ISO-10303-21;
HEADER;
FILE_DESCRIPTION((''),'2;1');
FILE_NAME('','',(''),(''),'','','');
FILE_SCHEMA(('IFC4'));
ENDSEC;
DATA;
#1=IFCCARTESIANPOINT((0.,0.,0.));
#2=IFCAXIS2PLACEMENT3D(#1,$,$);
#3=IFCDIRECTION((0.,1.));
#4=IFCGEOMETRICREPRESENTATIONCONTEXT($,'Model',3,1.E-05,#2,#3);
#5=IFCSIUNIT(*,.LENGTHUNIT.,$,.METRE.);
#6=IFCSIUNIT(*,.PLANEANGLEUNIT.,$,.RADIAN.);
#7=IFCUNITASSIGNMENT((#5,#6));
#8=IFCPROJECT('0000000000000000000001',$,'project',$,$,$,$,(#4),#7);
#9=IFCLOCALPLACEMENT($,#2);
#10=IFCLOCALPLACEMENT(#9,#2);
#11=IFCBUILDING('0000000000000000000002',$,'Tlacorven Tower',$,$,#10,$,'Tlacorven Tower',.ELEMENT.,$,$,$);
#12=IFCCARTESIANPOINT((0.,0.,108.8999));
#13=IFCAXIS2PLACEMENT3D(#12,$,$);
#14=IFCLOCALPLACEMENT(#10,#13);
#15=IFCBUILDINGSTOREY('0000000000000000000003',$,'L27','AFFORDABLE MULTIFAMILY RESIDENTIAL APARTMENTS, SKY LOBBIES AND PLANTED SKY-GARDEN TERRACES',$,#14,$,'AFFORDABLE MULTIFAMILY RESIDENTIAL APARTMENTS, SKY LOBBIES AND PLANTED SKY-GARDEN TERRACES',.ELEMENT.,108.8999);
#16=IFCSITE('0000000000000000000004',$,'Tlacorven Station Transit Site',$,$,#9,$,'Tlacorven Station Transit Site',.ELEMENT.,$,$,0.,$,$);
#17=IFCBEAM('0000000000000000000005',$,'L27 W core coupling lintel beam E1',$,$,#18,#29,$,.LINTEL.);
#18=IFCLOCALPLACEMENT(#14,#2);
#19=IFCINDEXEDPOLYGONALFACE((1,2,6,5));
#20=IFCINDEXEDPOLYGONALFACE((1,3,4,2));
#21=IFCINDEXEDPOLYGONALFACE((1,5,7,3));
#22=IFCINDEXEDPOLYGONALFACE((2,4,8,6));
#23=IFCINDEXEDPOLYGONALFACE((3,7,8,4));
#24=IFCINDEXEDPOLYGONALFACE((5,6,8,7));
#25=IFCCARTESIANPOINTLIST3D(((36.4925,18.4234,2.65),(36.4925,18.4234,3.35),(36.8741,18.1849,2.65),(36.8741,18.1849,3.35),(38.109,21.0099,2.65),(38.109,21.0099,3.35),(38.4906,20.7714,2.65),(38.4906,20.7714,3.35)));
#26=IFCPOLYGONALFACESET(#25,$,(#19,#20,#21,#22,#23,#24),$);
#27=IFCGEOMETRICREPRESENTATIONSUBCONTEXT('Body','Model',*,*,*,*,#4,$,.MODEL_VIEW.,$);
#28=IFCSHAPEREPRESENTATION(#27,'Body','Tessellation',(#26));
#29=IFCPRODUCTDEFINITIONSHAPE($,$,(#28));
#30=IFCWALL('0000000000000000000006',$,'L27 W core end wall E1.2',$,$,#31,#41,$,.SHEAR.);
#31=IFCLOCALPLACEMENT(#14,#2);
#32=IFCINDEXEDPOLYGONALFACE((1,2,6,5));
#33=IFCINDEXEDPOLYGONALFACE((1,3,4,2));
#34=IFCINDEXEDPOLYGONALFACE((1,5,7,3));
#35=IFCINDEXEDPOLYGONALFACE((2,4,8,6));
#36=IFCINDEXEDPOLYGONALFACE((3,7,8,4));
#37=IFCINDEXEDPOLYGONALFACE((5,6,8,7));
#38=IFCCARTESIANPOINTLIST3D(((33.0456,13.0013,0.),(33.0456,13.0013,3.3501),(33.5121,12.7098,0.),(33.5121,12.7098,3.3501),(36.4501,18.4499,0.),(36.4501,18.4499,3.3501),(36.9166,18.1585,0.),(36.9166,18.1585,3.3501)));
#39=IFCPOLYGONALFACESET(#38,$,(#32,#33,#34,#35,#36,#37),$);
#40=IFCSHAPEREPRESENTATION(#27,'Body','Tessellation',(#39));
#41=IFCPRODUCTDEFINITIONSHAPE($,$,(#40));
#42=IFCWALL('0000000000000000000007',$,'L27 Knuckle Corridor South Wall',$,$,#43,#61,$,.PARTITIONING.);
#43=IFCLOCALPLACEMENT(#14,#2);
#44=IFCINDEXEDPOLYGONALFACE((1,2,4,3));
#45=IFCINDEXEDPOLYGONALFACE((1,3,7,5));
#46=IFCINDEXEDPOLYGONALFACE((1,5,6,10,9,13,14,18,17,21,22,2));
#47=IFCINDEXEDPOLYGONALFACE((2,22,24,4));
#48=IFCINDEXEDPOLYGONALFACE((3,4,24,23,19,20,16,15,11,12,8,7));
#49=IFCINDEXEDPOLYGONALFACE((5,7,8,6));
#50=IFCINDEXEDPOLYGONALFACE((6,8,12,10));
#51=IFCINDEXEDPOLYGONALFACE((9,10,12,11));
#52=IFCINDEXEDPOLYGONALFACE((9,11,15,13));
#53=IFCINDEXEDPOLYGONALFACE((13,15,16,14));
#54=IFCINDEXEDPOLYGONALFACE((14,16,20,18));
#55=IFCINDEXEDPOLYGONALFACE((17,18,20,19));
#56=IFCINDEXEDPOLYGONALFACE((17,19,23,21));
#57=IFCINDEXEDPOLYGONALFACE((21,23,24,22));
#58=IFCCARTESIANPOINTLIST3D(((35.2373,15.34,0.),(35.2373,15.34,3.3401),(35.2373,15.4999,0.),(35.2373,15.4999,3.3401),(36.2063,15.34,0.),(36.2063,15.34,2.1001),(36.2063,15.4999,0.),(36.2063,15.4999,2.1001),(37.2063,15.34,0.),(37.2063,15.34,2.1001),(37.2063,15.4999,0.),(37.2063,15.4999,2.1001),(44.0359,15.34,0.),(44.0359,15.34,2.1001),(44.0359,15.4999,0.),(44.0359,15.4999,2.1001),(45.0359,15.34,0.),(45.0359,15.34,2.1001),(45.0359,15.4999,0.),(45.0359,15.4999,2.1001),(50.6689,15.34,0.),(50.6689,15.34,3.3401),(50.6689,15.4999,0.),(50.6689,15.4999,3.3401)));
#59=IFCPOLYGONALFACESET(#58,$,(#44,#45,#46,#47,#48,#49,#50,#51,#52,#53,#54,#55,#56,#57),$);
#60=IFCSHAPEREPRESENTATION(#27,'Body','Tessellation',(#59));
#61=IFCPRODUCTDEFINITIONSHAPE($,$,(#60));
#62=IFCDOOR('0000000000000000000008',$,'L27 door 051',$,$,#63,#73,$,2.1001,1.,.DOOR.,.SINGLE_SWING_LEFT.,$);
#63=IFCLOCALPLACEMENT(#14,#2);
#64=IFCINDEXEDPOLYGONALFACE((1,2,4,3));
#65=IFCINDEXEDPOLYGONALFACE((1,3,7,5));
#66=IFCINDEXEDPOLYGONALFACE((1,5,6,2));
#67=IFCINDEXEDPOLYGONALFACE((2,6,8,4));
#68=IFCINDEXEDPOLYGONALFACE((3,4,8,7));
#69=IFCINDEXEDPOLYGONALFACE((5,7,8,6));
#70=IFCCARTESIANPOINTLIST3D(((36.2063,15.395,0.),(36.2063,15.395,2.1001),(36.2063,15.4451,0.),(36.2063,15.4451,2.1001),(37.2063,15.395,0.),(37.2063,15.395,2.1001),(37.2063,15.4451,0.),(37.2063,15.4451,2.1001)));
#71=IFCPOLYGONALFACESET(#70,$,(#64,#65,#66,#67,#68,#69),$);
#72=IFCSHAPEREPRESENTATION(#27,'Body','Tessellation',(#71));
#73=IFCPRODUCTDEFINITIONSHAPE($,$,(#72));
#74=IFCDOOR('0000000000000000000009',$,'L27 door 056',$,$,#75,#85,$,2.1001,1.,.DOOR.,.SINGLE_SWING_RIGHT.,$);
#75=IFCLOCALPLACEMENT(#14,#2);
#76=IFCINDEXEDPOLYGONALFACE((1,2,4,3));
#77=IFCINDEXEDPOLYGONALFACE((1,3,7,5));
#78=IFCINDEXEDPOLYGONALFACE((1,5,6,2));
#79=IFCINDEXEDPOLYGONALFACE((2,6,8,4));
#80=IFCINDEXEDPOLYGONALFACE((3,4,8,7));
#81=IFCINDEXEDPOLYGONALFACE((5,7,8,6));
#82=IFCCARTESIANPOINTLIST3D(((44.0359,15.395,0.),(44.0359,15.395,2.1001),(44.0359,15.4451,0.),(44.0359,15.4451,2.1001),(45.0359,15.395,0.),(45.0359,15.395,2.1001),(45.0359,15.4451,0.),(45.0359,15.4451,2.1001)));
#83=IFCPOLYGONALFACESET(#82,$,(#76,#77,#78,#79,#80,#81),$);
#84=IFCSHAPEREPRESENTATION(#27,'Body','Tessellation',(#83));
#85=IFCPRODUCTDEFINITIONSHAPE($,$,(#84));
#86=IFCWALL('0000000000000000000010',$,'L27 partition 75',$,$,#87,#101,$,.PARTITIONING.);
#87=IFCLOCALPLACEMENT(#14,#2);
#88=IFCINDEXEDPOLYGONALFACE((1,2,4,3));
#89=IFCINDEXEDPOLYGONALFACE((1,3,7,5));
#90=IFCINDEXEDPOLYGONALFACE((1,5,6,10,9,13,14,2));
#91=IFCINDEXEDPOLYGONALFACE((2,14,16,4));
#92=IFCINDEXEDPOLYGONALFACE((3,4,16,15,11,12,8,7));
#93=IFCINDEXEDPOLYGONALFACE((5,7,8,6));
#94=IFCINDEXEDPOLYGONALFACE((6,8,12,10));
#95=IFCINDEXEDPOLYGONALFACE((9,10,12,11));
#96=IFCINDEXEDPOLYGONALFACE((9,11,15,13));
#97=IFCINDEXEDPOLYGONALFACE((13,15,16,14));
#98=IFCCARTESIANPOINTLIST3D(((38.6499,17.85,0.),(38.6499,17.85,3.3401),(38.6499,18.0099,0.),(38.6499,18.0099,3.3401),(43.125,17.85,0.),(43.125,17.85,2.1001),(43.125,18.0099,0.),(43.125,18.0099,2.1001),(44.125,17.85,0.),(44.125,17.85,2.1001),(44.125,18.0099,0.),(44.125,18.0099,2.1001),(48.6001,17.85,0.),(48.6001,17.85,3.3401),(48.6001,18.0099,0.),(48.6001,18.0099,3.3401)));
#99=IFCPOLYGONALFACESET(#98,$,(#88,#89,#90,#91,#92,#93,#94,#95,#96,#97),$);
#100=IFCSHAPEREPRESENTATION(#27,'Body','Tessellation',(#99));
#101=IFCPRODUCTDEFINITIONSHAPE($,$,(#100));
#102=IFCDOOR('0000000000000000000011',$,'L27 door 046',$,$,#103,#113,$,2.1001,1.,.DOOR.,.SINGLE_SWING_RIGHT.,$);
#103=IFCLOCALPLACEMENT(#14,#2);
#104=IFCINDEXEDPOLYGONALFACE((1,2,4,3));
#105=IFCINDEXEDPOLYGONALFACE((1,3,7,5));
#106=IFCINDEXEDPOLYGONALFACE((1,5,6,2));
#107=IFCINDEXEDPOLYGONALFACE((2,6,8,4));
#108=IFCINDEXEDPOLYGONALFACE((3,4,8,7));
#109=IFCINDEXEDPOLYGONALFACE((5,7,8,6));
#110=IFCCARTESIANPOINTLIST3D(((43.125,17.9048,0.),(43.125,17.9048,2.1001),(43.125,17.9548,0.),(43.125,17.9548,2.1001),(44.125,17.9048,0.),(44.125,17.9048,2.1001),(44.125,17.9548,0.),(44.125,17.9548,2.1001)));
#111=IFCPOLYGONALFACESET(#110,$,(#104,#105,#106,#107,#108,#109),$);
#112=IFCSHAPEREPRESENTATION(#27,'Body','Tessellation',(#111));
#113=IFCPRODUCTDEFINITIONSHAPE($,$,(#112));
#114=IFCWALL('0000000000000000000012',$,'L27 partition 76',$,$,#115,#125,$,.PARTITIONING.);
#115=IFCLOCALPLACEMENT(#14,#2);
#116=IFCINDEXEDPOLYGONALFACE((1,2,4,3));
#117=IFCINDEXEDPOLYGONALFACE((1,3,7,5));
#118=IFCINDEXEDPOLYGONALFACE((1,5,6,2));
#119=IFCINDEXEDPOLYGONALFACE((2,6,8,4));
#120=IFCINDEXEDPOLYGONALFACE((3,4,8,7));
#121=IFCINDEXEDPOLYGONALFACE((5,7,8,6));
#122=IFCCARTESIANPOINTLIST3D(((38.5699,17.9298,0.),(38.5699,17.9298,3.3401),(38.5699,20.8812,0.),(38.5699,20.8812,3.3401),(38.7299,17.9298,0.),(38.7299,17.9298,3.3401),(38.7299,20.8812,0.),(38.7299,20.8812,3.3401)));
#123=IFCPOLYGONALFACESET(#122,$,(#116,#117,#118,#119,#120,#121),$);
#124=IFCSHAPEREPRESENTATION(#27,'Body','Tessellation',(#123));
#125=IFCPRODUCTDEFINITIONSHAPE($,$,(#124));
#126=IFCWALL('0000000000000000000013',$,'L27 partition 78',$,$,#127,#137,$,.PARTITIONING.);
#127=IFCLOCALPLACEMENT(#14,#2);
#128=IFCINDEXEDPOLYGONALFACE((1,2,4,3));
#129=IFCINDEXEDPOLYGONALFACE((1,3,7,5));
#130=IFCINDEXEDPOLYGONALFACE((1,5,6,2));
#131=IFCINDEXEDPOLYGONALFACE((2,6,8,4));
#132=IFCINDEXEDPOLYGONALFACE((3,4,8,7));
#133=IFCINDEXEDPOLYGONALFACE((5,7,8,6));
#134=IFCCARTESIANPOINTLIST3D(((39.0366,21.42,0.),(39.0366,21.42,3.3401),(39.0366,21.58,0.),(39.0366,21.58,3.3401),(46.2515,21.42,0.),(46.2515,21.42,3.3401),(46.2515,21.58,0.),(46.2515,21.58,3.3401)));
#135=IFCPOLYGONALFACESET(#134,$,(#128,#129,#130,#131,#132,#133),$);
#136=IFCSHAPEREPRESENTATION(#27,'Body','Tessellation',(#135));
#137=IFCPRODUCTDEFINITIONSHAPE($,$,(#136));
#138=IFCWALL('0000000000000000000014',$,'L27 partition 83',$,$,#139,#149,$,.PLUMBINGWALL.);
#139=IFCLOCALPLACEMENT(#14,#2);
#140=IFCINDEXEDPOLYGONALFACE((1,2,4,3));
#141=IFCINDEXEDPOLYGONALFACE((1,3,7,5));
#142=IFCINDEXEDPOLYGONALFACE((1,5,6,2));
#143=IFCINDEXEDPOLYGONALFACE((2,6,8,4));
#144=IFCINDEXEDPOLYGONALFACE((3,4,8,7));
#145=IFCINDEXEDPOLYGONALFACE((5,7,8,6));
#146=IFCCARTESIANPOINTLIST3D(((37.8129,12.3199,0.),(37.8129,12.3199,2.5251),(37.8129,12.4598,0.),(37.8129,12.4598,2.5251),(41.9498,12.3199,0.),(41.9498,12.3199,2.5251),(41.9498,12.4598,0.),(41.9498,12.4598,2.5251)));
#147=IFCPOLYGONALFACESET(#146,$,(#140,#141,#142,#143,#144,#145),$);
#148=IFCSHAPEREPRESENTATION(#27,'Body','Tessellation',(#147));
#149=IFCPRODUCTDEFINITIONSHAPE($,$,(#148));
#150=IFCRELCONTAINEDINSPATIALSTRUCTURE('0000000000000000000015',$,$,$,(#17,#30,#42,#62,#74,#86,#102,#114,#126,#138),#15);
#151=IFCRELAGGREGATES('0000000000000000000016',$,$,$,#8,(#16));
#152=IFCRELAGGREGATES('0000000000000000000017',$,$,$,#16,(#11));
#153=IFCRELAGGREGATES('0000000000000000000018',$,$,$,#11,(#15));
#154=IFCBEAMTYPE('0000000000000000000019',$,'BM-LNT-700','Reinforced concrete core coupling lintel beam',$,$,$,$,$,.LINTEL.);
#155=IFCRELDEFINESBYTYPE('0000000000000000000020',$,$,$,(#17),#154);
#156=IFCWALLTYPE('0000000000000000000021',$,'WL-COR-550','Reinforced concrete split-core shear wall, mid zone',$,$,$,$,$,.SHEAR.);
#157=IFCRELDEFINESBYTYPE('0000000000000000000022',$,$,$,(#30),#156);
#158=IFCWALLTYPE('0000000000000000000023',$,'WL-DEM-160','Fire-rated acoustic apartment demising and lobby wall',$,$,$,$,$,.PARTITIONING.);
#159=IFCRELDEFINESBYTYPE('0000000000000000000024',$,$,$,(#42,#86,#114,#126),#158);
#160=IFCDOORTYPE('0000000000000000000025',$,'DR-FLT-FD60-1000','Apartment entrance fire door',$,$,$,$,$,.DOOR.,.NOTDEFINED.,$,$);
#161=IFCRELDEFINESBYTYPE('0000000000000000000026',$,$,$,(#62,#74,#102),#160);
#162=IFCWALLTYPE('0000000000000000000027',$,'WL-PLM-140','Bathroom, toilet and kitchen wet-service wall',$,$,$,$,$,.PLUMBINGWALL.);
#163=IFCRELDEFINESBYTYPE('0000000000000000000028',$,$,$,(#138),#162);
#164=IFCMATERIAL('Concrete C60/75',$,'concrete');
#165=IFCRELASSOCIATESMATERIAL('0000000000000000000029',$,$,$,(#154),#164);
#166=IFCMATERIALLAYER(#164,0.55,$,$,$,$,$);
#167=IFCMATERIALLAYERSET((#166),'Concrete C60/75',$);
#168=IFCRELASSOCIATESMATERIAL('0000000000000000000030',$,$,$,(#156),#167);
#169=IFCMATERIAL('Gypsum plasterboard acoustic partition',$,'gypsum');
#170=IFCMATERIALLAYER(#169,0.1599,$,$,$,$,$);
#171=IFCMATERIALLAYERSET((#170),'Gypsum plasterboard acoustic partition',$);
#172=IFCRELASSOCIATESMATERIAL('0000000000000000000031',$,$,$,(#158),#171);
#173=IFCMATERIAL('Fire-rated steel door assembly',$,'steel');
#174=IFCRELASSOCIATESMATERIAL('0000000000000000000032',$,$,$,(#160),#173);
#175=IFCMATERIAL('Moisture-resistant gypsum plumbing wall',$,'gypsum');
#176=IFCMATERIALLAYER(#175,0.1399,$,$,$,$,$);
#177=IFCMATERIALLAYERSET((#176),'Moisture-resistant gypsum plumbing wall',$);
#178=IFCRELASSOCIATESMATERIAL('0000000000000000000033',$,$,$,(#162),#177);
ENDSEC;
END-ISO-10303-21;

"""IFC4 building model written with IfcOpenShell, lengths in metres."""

from ifc_helpers import new_model, si_unit, direction, frame, frame_2d, origin, origin_2d, place, context, subcontext, project, spatial, rectangle, extrude, source, transform, mapped, material, layer, layer_set, material_profile, profile_set, type_object, element, fill, save


model = new_model("IFC4")

# Units and contexts
model_context = context("Model", 3, precision=1e-05, world=origin(), true_north=direction((0.0, 1.0)))
body_context = subcontext(model_context, "Body", "Model", "MODEL_VIEW")
ifc_project = project(units=[si_unit("LENGTHUNIT", "METRE"), si_unit("PLANEANGLEUNIT", "RADIAN")], contexts=[model_context])

# Site, building, storey
site_placement = place(None, origin())
site = spatial("IfcSite", under=ifc_project, at=site_placement, Name="Tlacorven Station Transit Site", LongName="Tlacorven Station Transit Site", CompositionType="ELEMENT", RefElevation=0.0)
building_placement = place(site_placement, origin())
building = spatial("IfcBuilding", under=site, at=building_placement, Name="Tlacorven Tower", LongName="Tlacorven Tower", CompositionType="ELEMENT")
storey_placement = place(building_placement, frame((0.0, 0.0, 108.8999)))
storey = spatial("IfcBuildingStorey", under=building, at=storey_placement, Name="L27", Description="AFFORDABLE MULTIFAMILY RESIDENTIAL APARTMENTS, SKY LOBBIES AND PLANTED SKY-GARDEN TERRACES", LongName="AFFORDABLE MULTIFAMILY RESIDENTIAL APARTMENTS, SKY LOBBIES AND PLANTED SKY-GARDEN TERRACES", CompositionType="ELEMENT", Elevation=108.8999)

# Beam
ifc_material_1 = material(Name="Concrete C60/75", Category="concrete")
ifc_material_profile = material_profile(ifc_material_1, rectangle(XDim=0.45, YDim=0.7, at=origin_2d()), Name="RC 450X700")
ifc_profile_set = profile_set([ifc_material_profile], Name="Concrete C60/75")
beam_type = type_object("IfcBeamType", Name="BM-LNT-700", Description="Reinforced concrete core coupling lintel beam", PredefinedType="LINTEL", material=ifc_profile_set)
shared_shape_1 = source(origin(), body_context, "Body", "SweptSolid", [
    extrude(rectangle(XDim=0.45, YDim=0.7, at=origin_2d()), origin(), (0.0, 0.0, 1.0), 3.05),
])
beam_placement = place(storey_placement, frame((38.2998, 20.8906, 3.0), z_axis=(-0.529985, -0.848007, 0.0), x_axis=(0.848007, -0.529985, 0.0)))
element("IfcBeam", 1, at=beam_placement, inside=storey, type_object=beam_type, Name="L27 W core coupling lintel beam E1", PredefinedType="LINTEL", context=body_context, shape_type="MappedRepresentation", body=[
    mapped(shared_shape_1, transform((0.0, 0.0, 0.0), scale=1.0)),
])

# Wall
ifc_layer_1 = layer(ifc_material_1, 0.55)
ifc_layer_set_1 = layer_set([ifc_layer_1], Name="Concrete C60/75")
wall_type_1 = type_object("IfcWallType", Name="WL-COR-550", Description="Reinforced concrete split-core shear wall, mid zone", PredefinedType="SHEAR", material=ifc_layer_set_1)
wall_1_placement = place(storey_placement, frame((36.6833, 18.3042, 0.0), z_axis=(0.0, 0.0, 1.0), x_axis=(-0.529896, -0.848062, 0.0)))
element("IfcWall", 2, at=wall_1_placement, inside=storey, type_object=wall_type_1, Name="L27 W core end wall E1.2", PredefinedType="SHEAR", context=body_context, shape_type="SweptSolid", body=[
    extrude(rectangle(XDim=6.4248, YDim=0.55, at=frame_2d((3.2124, 0.0))), origin(), (0.0, 0.0, 1.0), 3.3501),
])

# Wall, openings, doors
ifc_material_2 = material(Name="Gypsum plasterboard acoustic partition", Category="gypsum")
ifc_layer_2 = layer(ifc_material_2, 0.1599)
ifc_layer_set_2 = layer_set([ifc_layer_2], Name="Gypsum plasterboard acoustic partition")
wall_type_2 = type_object("IfcWallType", Name="WL-DEM-160", Description="Fire-rated acoustic apartment demising and lobby wall", PredefinedType="PARTITIONING", material=ifc_layer_set_2)
wall_2_placement = place(storey_placement, frame((35.2373, 15.4199, 0.0), z_axis=(0.0, 0.0, 1.0), x_axis=(1.0, 0.0, 0.0)))
wall_2 = element("IfcWall", 3, at=wall_2_placement, inside=storey, type_object=wall_type_2, Name="L27 Knuckle Corridor South Wall", PredefinedType="PARTITIONING", context=body_context, shape_type="SweptSolid", body=[
    extrude(rectangle(XDim=15.4316, YDim=0.1599, at=frame_2d((7.7158, 0.0))), origin(), (0.0, 0.0, 1.0), 3.3401),
])
opening_1_placement = place(wall_2_placement, frame((0.969, 0.0, 0.0)))
opening_1 = element("IfcOpeningElement", 4, at=opening_1_placement, cuts=wall_2, PredefinedType="OPENING", context=body_context, shape_type="SweptSolid", body=[
    extrude(rectangle(XDim=1.0, YDim=2.1001, at=frame_2d((0.5, 1.05))), frame((0.0, 0.0898, 0.0), z_axis=(0.0, -1.0, 0.0), x_axis=(1.0, 0.0, 0.0)), (0.0, 0.0, 1.0), 0.1799),
])
opening_2_placement = place(wall_2_placement, frame((8.7986, 0.0, 0.0)))
opening_2 = element("IfcOpeningElement", 5, at=opening_2_placement, cuts=wall_2, PredefinedType="OPENING", context=body_context, shape_type="SweptSolid", body=[
    extrude(rectangle(XDim=1.0, YDim=2.1001, at=frame_2d((0.5, 1.05))), frame((0.0, 0.0898, 0.0), z_axis=(0.0, -1.0, 0.0), x_axis=(1.0, 0.0, 0.0)), (0.0, 0.0, 1.0), 0.1799),
])
ifc_material_3 = material(Name="Fire-rated steel door assembly", Category="steel")
door_type_1 = type_object("IfcDoorType", Name="DR-FLT-FD60-1000", Description="Apartment entrance fire door", OperationType="NOTDEFINED", PredefinedType="DOOR", material=ifc_material_3)
shared_shape_2 = source(origin(), body_context, "Body", "SweptSolid", [
    extrude(rectangle(XDim=1.0, YDim=2.1001, at=frame_2d((0.5, 1.05))), frame((0.0, 0.0249, 0.0), z_axis=(0.0, -1.0, 0.0), x_axis=(1.0, 0.0, 0.0)), (0.0, 0.0, 1.0), 0.05),
])
door_1_placement = place(opening_1_placement, frame((1.0, 0.0, 0.0), z_axis=(0.0, 0.0, 1.0), x_axis=(-1.0, 0.0, 0.0)))
door_1 = element("IfcDoor", 6, at=door_1_placement, inside=storey, type_object=door_type_1, Name="L27 door 051", OperationType="SINGLE_SWING_LEFT", OverallHeight=2.1001, OverallWidth=1.0, PredefinedType="DOOR", context=body_context, shape_type="MappedRepresentation", body=[
    mapped(shared_shape_2, transform((0.0, 0.0, 0.0), scale=1.0)),
])
fill(opening_1, door_1)
door_2_placement = place(opening_2_placement, frame((1.0, 0.0, 0.0), z_axis=(0.0, 0.0, 1.0), x_axis=(-1.0, 0.0, 0.0)))
door_2 = element("IfcDoor", 7, at=door_2_placement, inside=storey, type_object=door_type_1, Name="L27 door 056", OperationType="SINGLE_SWING_RIGHT", OverallHeight=2.1001, OverallWidth=1.0, PredefinedType="DOOR", context=body_context, shape_type="MappedRepresentation", body=[
    mapped(shared_shape_2, transform((0.0, 0.0, 0.0), scale=1.0)),
])
fill(opening_2, door_2)

# Wall, opening, door
wall_3_placement = place(storey_placement, frame((38.6499, 17.9299, 0.0), z_axis=(0.0, 0.0, 1.0), x_axis=(1.0, 0.0, 0.0)))
wall_3 = element("IfcWall", 8, at=wall_3_placement, inside=storey, type_object=wall_type_2, Name="L27 partition 75", PredefinedType="PARTITIONING", context=body_context, shape_type="SweptSolid", body=[
    extrude(rectangle(XDim=9.9502, YDim=0.1599, at=frame_2d((4.9751, 0.0))), origin(), (0.0, 0.0, 1.0), 3.3401),
])
opening_3_placement = place(wall_3_placement, frame((4.4751, 0.0, 0.0)))
opening_3 = element("IfcOpeningElement", 9, at=opening_3_placement, cuts=wall_3, PredefinedType="OPENING", context=body_context, shape_type="SweptSolid", body=[
    extrude(rectangle(XDim=1.0, YDim=2.1001, at=frame_2d((0.5, 1.05))), frame((0.0, 0.0898, 0.0), z_axis=(0.0, -1.0, 0.0), x_axis=(1.0, 0.0, 0.0)), (0.0, 0.0, 1.0), 0.1799),
])
door_3_placement = place(opening_3_placement, origin())
door_3 = element("IfcDoor", 10, at=door_3_placement, inside=storey, type_object=door_type_1, Name="L27 door 046", OperationType="SINGLE_SWING_RIGHT", OverallHeight=2.1001, OverallWidth=1.0, PredefinedType="DOOR", context=body_context, shape_type="MappedRepresentation", body=[
    mapped(shared_shape_2, transform((0.0, 0.0, 0.0), scale=1.0)),
])
fill(opening_3, door_3)

# Walls
wall_4_placement = place(storey_placement, frame((38.6499, 17.9299, 0.0), z_axis=(0.0, 0.0, 1.0), x_axis=(0.0, 1.0, 0.0)))
element("IfcWall", 11, at=wall_4_placement, inside=storey, type_object=wall_type_2, Name="L27 partition 76", PredefinedType="PARTITIONING", context=body_context, shape_type="SweptSolid", body=[
    extrude(rectangle(XDim=2.9514, YDim=0.1599, at=frame_2d((1.4756, 0.0))), origin(), (0.0, 0.0, 1.0), 3.3401),
])
wall_5_placement = place(storey_placement, frame((39.0366, 21.5, 0.0), z_axis=(0.0, 0.0, 1.0), x_axis=(1.0, 0.0, 0.0)))
element("IfcWall", 12, at=wall_5_placement, inside=storey, type_object=wall_type_2, Name="L27 partition 78", PredefinedType="PARTITIONING", context=body_context, shape_type="SweptSolid", body=[
    extrude(rectangle(XDim=7.2148, YDim=0.1599, at=frame_2d((3.6074, 0.0))), origin(), (0.0, 0.0, 1.0), 3.3401),
])
ifc_material_4 = material(Name="Moisture-resistant gypsum plumbing wall", Category="gypsum")
ifc_layer_3 = layer(ifc_material_4, 0.1399)
ifc_layer_set_3 = layer_set([ifc_layer_3], Name="Moisture-resistant gypsum plumbing wall")
wall_type_3 = type_object("IfcWallType", Name="WL-PLM-140", Description="Bathroom, toilet and kitchen wet-service wall", PredefinedType="PLUMBINGWALL", material=ifc_layer_set_3)
wall_6_placement = place(storey_placement, frame((37.813, 12.3899, 0.0), z_axis=(0.0, 0.0, 1.0), x_axis=(1.0, 0.0, 0.0)))
element("IfcWall", 13, at=wall_6_placement, inside=storey, type_object=wall_type_3, Name="L27 partition 83", PredefinedType="PLUMBINGWALL", context=body_context, shape_type="SweptSolid", body=[
    extrude(rectangle(XDim=4.137, YDim=0.1399, at=frame_2d((2.0684, 0.0))), origin(), (0.0, 0.0, 1.0), 2.5251),
])

save(model, "model.ifc")
